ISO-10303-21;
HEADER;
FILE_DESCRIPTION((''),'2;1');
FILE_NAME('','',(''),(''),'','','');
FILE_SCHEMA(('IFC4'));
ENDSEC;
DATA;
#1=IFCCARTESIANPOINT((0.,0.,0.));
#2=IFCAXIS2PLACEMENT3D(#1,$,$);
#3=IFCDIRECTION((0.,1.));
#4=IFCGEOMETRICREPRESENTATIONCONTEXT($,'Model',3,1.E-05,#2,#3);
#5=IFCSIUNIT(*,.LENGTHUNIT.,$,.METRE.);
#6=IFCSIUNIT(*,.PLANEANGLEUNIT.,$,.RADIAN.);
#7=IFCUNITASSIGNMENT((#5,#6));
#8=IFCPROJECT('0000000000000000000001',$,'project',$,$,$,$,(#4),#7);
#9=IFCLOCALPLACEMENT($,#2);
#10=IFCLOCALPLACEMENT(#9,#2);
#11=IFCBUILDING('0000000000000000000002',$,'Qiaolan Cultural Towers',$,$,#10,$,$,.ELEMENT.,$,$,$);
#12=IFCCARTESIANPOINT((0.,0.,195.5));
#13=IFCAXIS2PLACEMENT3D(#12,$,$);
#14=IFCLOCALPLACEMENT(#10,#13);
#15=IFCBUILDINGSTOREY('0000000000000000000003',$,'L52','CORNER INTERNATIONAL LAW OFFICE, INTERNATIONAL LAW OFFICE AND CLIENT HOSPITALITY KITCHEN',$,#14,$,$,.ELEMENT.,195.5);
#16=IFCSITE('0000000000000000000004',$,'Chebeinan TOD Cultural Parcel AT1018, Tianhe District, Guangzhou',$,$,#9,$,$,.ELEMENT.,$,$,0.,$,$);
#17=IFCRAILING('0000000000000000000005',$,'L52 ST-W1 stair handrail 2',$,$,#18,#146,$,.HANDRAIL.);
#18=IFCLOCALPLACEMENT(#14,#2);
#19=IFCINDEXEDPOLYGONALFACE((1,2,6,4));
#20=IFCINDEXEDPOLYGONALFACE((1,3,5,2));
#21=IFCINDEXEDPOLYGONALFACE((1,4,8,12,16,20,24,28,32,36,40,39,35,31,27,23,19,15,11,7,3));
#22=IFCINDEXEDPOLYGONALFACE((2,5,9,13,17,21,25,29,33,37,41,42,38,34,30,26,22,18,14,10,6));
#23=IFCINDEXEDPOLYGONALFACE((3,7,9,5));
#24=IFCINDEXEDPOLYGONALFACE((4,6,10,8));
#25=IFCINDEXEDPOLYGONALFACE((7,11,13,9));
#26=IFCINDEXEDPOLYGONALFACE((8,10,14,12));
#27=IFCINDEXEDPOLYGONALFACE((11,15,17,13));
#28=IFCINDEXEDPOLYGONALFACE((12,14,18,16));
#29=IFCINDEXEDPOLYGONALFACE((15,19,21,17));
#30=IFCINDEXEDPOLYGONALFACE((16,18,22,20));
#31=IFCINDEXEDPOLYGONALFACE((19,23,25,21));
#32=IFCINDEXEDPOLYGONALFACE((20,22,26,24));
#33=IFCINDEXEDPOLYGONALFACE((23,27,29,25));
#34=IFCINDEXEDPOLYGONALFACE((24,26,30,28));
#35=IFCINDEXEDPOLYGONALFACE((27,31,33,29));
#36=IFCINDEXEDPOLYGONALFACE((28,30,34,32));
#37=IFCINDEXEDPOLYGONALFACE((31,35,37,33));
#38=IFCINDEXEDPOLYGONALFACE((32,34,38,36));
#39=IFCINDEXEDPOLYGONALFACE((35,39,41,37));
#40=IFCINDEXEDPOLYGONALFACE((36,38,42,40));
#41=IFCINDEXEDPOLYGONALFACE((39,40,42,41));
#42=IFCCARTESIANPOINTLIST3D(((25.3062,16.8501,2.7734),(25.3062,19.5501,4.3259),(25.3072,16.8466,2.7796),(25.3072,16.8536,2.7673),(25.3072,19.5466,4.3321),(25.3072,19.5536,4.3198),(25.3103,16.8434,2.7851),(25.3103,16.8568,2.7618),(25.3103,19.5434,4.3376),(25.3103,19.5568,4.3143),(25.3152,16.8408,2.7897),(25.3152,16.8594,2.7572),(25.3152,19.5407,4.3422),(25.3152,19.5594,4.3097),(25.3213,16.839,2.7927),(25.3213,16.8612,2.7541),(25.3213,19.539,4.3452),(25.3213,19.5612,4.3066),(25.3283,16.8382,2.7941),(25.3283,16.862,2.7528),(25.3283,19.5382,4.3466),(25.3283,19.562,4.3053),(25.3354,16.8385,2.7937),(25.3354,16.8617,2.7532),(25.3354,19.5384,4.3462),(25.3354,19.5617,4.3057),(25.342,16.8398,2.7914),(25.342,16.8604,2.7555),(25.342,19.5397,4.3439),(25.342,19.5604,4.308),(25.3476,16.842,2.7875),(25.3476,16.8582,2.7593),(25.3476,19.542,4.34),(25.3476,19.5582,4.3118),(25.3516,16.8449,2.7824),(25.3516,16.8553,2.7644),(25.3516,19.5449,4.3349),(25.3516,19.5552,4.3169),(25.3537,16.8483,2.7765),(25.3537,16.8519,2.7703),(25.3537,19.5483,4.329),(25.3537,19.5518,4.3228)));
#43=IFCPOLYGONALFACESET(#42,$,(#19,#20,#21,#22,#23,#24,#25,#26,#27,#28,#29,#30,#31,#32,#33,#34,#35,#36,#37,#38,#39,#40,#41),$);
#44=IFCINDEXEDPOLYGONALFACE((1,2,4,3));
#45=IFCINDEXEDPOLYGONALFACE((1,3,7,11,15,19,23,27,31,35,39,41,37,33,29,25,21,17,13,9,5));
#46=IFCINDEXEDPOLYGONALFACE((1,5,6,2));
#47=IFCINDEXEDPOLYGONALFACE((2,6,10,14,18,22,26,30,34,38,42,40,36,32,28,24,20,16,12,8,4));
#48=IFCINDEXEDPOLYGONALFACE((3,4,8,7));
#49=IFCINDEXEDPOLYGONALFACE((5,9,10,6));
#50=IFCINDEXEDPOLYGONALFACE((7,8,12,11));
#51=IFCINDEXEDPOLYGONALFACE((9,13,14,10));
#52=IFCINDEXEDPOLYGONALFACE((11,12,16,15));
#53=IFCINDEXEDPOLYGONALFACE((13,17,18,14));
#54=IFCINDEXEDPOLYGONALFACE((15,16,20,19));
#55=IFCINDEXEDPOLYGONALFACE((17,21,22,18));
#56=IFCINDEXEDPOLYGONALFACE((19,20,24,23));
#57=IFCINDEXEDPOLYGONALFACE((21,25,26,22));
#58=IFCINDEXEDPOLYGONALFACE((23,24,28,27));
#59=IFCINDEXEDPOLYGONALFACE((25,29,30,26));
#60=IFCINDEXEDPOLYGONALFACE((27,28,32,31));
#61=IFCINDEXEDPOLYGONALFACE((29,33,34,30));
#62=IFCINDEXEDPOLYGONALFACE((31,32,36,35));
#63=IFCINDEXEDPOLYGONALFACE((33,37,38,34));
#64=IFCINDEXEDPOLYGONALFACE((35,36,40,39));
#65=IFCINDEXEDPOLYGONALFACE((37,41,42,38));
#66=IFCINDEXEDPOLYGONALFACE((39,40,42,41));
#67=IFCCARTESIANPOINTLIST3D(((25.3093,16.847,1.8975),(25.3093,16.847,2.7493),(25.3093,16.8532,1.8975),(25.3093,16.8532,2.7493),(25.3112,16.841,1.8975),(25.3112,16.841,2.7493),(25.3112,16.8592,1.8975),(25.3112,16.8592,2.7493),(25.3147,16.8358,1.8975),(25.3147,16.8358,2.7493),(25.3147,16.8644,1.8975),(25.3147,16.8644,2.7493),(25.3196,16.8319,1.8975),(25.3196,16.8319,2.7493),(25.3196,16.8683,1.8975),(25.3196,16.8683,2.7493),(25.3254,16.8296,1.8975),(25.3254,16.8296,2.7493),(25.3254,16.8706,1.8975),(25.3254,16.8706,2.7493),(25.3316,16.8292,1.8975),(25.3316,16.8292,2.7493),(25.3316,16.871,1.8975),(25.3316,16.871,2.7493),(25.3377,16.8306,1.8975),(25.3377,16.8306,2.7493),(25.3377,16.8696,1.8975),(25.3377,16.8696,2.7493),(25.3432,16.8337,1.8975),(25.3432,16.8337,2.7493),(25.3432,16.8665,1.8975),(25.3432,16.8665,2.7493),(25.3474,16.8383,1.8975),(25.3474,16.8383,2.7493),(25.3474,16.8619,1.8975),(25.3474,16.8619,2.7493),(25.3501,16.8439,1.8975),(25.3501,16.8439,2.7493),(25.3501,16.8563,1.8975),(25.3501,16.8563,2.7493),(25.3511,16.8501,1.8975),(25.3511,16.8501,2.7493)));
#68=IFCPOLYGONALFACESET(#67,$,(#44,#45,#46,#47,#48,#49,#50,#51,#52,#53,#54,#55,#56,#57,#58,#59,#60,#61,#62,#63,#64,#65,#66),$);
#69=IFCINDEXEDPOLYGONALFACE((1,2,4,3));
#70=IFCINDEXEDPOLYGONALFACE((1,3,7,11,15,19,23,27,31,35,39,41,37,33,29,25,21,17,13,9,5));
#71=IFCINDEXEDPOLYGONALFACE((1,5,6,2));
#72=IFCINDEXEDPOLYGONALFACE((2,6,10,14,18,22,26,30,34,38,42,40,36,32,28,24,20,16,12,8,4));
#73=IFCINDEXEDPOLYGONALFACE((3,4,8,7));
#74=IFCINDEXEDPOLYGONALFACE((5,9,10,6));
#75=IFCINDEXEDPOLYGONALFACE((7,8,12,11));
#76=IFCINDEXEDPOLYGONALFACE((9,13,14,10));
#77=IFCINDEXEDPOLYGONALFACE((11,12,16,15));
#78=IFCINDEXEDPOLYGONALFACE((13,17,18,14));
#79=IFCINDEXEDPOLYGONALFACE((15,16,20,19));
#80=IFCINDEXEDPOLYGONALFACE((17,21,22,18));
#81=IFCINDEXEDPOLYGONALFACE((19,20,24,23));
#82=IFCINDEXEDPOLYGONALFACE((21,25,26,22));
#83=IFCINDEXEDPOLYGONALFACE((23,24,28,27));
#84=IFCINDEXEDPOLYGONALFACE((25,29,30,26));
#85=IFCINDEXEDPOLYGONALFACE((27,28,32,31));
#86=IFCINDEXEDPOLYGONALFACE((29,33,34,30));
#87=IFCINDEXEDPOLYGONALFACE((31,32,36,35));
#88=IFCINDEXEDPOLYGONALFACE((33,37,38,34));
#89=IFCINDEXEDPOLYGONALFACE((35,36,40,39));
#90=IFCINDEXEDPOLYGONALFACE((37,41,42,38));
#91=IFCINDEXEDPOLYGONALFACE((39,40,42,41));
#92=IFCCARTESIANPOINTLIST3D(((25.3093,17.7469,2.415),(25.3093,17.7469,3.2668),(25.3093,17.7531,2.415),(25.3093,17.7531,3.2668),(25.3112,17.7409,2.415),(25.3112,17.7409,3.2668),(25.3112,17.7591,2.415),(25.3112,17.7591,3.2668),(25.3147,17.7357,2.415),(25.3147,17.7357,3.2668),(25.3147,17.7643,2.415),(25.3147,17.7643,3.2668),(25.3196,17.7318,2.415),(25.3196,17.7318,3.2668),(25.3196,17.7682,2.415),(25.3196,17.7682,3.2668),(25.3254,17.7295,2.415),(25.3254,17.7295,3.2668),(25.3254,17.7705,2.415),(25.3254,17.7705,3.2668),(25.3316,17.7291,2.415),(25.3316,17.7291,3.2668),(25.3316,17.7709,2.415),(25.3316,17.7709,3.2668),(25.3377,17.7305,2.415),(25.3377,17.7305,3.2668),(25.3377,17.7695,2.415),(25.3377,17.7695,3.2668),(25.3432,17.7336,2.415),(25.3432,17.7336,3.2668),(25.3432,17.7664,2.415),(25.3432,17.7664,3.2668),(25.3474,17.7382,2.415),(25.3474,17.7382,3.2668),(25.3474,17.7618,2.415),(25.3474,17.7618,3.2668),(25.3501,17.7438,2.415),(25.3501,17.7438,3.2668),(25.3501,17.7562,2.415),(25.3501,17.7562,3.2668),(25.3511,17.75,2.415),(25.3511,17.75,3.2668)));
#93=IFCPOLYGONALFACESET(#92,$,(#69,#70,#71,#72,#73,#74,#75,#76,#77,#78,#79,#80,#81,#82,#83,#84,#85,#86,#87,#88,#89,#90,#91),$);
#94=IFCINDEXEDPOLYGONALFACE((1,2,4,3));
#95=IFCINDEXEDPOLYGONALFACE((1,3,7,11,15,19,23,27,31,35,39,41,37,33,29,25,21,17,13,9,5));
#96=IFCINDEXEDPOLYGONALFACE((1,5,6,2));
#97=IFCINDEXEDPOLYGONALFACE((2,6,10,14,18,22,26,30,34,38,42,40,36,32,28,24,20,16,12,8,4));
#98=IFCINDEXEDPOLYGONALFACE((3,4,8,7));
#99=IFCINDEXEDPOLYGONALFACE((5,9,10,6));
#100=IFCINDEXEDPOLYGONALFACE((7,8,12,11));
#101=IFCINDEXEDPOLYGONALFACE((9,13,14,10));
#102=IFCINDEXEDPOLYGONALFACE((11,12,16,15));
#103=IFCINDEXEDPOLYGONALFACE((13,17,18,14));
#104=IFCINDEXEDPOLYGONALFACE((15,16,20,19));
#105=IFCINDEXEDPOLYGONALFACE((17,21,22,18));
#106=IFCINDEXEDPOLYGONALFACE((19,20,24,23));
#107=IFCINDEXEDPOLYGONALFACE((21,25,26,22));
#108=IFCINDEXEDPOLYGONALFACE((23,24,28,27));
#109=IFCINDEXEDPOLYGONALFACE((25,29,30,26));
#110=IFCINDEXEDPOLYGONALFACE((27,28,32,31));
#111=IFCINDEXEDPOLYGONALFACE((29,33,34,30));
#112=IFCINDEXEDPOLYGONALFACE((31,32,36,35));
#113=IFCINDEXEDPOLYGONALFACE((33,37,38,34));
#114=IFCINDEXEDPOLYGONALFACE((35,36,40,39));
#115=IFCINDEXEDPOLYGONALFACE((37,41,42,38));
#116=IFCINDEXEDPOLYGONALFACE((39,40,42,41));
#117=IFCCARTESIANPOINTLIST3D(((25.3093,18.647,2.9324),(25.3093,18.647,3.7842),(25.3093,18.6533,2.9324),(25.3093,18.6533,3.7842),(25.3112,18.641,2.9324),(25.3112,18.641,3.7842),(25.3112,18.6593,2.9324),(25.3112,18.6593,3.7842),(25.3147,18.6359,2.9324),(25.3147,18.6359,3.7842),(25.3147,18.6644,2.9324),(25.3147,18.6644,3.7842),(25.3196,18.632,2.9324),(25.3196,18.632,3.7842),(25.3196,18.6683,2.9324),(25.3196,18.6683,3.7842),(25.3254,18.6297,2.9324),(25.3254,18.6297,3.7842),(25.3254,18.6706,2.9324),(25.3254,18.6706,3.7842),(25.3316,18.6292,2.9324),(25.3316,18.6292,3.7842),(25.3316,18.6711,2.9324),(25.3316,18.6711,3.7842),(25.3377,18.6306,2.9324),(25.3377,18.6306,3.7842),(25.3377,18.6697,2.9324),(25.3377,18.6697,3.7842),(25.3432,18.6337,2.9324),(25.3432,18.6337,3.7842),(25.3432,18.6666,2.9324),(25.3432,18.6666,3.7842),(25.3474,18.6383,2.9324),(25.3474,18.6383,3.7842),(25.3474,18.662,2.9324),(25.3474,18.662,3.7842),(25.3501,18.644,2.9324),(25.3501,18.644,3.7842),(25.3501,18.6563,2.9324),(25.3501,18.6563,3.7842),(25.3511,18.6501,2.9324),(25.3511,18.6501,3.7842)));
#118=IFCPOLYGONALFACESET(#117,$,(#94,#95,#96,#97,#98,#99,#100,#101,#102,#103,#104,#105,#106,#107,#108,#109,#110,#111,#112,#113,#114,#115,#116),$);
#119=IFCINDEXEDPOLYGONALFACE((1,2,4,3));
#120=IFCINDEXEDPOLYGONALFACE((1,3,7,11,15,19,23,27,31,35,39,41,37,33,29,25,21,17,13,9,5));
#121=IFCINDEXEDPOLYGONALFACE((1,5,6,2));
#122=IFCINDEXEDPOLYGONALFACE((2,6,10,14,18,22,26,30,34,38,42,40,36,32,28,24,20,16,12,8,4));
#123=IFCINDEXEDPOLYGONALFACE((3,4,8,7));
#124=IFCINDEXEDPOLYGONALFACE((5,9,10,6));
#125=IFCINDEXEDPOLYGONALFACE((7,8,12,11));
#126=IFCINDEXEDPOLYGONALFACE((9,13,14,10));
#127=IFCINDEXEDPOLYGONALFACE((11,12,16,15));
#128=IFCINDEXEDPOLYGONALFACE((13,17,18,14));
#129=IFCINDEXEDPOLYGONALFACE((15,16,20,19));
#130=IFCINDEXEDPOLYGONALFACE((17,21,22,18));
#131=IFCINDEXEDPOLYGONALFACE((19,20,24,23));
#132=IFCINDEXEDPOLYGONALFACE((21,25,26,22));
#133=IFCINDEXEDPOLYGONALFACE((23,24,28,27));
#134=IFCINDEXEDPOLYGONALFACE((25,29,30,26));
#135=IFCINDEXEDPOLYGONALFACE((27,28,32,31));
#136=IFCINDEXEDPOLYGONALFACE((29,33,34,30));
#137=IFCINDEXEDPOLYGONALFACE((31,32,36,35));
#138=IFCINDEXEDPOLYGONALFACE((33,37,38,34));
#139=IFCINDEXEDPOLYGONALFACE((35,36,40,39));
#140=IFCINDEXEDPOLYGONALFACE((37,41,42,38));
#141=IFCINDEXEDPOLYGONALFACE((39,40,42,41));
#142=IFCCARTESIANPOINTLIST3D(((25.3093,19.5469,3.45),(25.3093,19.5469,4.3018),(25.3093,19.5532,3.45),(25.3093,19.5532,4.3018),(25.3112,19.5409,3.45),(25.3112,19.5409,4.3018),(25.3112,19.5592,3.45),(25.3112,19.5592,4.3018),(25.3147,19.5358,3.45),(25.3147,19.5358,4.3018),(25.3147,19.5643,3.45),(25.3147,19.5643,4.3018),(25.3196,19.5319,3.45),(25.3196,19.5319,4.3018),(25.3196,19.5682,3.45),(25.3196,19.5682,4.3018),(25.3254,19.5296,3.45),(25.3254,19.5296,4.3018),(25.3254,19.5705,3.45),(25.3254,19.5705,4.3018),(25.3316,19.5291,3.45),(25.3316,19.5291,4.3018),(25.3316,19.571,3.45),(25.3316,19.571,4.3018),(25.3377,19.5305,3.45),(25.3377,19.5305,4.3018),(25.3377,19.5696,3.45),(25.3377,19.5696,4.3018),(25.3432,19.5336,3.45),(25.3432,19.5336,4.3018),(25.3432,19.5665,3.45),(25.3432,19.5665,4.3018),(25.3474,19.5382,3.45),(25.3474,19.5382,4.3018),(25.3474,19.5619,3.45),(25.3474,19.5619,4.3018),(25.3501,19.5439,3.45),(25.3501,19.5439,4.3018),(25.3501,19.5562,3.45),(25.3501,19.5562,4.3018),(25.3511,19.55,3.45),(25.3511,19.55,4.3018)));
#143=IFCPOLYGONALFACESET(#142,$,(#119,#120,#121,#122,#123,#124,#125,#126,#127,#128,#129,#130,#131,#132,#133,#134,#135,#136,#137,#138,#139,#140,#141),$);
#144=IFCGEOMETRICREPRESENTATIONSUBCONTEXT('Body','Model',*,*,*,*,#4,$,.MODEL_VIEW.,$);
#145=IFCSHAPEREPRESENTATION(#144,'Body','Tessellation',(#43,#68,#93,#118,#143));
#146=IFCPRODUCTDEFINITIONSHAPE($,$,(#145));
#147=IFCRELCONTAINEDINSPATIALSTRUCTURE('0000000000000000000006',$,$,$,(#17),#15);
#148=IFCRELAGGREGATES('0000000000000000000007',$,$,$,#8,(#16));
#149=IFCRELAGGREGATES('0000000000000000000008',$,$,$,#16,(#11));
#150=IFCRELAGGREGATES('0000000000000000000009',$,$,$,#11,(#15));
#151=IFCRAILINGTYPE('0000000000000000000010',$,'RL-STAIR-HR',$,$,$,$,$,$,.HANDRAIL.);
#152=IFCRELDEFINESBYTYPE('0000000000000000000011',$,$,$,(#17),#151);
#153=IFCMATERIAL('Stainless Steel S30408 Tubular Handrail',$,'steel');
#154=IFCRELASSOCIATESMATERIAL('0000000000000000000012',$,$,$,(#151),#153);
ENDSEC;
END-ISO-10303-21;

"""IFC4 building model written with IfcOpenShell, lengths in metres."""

from ifc_helpers import new_model, si_unit, direction, frame, origin, origin_2d, place, context, subcontext, project, spatial, circle, extrude, material, type_object, element, save


model = new_model("IFC4")

# Units and contexts
model_context = context("Model", 3, precision=1e-05, world=origin(), true_north=direction((0.0, 1.0)))
body_context = subcontext(model_context, "Body", "Model", "MODEL_VIEW")
ifc_project = project(units=[si_unit("LENGTHUNIT", "METRE"), si_unit("PLANEANGLEUNIT", "RADIAN")], contexts=[model_context])

# Site, building, storey
site_placement = place(None, origin())
site = spatial("IfcSite", under=ifc_project, at=site_placement, Name="Chebeinan TOD Cultural Parcel AT1018, Tianhe District, Guangzhou", CompositionType="ELEMENT", RefElevation=0.0)
building_placement = place(site_placement, origin())
building = spatial("IfcBuilding", under=site, at=building_placement, Name="Qiaolan Cultural Towers", CompositionType="ELEMENT")
storey_placement = place(building_placement, frame((0.0, 0.0, 195.5)))
storey = spatial("IfcBuildingStorey", under=building, at=storey_placement, Name="L52", Description="CORNER INTERNATIONAL LAW OFFICE, INTERNATIONAL LAW OFFICE AND CLIENT HOSPITALITY KITCHEN", CompositionType="ELEMENT", Elevation=195.5)

# Railing
ifc_material_1 = material(Name="Stainless Steel S30408 Tubular Handrail", Category="steel")
railing_type_1 = type_object("IfcRailingType", Name="RL-STAIR-HR", PredefinedType="HANDRAIL", material=ifc_material_1)
railing_1_placement = place(storey_placement, frame((25.3301, 16.8501, 1.8975)))
element("IfcRailing", 1, at=railing_1_placement, inside=storey, type_object=railing_type_1, Name="L52 ST-W1 stair handrail 2", PredefinedType="HANDRAIL", context=body_context, shape_type="SweptSolid", body=[
    extrude(circle(Radius=0.0239, at=origin_2d()), frame((0.0, 0.0, 0.876), z_axis=(0.0, 0.866904, 0.498476), x_axis=(-1.0, 0.0, 0.0)), (0.0, 0.0, 1.0), 3.1145),
    extrude(circle(Radius=0.021, at=origin_2d()), origin(), (0.0, 0.0, 1.0), 0.8518),
    extrude(circle(Radius=0.021, at=origin_2d()), frame((0.0, 0.8999, 0.5176)), (0.0, 0.0, 1.0), 0.8518),
    extrude(circle(Radius=0.021, at=origin_2d()), frame((0.0, 1.8, 1.0349)), (0.0, 0.0, 1.0), 0.8518),
    extrude(circle(Radius=0.021, at=origin_2d()), frame((0.0, 2.7, 1.5525)), (0.0, 0.0, 1.0), 0.8518),
])

save(model, "model.ifc")
